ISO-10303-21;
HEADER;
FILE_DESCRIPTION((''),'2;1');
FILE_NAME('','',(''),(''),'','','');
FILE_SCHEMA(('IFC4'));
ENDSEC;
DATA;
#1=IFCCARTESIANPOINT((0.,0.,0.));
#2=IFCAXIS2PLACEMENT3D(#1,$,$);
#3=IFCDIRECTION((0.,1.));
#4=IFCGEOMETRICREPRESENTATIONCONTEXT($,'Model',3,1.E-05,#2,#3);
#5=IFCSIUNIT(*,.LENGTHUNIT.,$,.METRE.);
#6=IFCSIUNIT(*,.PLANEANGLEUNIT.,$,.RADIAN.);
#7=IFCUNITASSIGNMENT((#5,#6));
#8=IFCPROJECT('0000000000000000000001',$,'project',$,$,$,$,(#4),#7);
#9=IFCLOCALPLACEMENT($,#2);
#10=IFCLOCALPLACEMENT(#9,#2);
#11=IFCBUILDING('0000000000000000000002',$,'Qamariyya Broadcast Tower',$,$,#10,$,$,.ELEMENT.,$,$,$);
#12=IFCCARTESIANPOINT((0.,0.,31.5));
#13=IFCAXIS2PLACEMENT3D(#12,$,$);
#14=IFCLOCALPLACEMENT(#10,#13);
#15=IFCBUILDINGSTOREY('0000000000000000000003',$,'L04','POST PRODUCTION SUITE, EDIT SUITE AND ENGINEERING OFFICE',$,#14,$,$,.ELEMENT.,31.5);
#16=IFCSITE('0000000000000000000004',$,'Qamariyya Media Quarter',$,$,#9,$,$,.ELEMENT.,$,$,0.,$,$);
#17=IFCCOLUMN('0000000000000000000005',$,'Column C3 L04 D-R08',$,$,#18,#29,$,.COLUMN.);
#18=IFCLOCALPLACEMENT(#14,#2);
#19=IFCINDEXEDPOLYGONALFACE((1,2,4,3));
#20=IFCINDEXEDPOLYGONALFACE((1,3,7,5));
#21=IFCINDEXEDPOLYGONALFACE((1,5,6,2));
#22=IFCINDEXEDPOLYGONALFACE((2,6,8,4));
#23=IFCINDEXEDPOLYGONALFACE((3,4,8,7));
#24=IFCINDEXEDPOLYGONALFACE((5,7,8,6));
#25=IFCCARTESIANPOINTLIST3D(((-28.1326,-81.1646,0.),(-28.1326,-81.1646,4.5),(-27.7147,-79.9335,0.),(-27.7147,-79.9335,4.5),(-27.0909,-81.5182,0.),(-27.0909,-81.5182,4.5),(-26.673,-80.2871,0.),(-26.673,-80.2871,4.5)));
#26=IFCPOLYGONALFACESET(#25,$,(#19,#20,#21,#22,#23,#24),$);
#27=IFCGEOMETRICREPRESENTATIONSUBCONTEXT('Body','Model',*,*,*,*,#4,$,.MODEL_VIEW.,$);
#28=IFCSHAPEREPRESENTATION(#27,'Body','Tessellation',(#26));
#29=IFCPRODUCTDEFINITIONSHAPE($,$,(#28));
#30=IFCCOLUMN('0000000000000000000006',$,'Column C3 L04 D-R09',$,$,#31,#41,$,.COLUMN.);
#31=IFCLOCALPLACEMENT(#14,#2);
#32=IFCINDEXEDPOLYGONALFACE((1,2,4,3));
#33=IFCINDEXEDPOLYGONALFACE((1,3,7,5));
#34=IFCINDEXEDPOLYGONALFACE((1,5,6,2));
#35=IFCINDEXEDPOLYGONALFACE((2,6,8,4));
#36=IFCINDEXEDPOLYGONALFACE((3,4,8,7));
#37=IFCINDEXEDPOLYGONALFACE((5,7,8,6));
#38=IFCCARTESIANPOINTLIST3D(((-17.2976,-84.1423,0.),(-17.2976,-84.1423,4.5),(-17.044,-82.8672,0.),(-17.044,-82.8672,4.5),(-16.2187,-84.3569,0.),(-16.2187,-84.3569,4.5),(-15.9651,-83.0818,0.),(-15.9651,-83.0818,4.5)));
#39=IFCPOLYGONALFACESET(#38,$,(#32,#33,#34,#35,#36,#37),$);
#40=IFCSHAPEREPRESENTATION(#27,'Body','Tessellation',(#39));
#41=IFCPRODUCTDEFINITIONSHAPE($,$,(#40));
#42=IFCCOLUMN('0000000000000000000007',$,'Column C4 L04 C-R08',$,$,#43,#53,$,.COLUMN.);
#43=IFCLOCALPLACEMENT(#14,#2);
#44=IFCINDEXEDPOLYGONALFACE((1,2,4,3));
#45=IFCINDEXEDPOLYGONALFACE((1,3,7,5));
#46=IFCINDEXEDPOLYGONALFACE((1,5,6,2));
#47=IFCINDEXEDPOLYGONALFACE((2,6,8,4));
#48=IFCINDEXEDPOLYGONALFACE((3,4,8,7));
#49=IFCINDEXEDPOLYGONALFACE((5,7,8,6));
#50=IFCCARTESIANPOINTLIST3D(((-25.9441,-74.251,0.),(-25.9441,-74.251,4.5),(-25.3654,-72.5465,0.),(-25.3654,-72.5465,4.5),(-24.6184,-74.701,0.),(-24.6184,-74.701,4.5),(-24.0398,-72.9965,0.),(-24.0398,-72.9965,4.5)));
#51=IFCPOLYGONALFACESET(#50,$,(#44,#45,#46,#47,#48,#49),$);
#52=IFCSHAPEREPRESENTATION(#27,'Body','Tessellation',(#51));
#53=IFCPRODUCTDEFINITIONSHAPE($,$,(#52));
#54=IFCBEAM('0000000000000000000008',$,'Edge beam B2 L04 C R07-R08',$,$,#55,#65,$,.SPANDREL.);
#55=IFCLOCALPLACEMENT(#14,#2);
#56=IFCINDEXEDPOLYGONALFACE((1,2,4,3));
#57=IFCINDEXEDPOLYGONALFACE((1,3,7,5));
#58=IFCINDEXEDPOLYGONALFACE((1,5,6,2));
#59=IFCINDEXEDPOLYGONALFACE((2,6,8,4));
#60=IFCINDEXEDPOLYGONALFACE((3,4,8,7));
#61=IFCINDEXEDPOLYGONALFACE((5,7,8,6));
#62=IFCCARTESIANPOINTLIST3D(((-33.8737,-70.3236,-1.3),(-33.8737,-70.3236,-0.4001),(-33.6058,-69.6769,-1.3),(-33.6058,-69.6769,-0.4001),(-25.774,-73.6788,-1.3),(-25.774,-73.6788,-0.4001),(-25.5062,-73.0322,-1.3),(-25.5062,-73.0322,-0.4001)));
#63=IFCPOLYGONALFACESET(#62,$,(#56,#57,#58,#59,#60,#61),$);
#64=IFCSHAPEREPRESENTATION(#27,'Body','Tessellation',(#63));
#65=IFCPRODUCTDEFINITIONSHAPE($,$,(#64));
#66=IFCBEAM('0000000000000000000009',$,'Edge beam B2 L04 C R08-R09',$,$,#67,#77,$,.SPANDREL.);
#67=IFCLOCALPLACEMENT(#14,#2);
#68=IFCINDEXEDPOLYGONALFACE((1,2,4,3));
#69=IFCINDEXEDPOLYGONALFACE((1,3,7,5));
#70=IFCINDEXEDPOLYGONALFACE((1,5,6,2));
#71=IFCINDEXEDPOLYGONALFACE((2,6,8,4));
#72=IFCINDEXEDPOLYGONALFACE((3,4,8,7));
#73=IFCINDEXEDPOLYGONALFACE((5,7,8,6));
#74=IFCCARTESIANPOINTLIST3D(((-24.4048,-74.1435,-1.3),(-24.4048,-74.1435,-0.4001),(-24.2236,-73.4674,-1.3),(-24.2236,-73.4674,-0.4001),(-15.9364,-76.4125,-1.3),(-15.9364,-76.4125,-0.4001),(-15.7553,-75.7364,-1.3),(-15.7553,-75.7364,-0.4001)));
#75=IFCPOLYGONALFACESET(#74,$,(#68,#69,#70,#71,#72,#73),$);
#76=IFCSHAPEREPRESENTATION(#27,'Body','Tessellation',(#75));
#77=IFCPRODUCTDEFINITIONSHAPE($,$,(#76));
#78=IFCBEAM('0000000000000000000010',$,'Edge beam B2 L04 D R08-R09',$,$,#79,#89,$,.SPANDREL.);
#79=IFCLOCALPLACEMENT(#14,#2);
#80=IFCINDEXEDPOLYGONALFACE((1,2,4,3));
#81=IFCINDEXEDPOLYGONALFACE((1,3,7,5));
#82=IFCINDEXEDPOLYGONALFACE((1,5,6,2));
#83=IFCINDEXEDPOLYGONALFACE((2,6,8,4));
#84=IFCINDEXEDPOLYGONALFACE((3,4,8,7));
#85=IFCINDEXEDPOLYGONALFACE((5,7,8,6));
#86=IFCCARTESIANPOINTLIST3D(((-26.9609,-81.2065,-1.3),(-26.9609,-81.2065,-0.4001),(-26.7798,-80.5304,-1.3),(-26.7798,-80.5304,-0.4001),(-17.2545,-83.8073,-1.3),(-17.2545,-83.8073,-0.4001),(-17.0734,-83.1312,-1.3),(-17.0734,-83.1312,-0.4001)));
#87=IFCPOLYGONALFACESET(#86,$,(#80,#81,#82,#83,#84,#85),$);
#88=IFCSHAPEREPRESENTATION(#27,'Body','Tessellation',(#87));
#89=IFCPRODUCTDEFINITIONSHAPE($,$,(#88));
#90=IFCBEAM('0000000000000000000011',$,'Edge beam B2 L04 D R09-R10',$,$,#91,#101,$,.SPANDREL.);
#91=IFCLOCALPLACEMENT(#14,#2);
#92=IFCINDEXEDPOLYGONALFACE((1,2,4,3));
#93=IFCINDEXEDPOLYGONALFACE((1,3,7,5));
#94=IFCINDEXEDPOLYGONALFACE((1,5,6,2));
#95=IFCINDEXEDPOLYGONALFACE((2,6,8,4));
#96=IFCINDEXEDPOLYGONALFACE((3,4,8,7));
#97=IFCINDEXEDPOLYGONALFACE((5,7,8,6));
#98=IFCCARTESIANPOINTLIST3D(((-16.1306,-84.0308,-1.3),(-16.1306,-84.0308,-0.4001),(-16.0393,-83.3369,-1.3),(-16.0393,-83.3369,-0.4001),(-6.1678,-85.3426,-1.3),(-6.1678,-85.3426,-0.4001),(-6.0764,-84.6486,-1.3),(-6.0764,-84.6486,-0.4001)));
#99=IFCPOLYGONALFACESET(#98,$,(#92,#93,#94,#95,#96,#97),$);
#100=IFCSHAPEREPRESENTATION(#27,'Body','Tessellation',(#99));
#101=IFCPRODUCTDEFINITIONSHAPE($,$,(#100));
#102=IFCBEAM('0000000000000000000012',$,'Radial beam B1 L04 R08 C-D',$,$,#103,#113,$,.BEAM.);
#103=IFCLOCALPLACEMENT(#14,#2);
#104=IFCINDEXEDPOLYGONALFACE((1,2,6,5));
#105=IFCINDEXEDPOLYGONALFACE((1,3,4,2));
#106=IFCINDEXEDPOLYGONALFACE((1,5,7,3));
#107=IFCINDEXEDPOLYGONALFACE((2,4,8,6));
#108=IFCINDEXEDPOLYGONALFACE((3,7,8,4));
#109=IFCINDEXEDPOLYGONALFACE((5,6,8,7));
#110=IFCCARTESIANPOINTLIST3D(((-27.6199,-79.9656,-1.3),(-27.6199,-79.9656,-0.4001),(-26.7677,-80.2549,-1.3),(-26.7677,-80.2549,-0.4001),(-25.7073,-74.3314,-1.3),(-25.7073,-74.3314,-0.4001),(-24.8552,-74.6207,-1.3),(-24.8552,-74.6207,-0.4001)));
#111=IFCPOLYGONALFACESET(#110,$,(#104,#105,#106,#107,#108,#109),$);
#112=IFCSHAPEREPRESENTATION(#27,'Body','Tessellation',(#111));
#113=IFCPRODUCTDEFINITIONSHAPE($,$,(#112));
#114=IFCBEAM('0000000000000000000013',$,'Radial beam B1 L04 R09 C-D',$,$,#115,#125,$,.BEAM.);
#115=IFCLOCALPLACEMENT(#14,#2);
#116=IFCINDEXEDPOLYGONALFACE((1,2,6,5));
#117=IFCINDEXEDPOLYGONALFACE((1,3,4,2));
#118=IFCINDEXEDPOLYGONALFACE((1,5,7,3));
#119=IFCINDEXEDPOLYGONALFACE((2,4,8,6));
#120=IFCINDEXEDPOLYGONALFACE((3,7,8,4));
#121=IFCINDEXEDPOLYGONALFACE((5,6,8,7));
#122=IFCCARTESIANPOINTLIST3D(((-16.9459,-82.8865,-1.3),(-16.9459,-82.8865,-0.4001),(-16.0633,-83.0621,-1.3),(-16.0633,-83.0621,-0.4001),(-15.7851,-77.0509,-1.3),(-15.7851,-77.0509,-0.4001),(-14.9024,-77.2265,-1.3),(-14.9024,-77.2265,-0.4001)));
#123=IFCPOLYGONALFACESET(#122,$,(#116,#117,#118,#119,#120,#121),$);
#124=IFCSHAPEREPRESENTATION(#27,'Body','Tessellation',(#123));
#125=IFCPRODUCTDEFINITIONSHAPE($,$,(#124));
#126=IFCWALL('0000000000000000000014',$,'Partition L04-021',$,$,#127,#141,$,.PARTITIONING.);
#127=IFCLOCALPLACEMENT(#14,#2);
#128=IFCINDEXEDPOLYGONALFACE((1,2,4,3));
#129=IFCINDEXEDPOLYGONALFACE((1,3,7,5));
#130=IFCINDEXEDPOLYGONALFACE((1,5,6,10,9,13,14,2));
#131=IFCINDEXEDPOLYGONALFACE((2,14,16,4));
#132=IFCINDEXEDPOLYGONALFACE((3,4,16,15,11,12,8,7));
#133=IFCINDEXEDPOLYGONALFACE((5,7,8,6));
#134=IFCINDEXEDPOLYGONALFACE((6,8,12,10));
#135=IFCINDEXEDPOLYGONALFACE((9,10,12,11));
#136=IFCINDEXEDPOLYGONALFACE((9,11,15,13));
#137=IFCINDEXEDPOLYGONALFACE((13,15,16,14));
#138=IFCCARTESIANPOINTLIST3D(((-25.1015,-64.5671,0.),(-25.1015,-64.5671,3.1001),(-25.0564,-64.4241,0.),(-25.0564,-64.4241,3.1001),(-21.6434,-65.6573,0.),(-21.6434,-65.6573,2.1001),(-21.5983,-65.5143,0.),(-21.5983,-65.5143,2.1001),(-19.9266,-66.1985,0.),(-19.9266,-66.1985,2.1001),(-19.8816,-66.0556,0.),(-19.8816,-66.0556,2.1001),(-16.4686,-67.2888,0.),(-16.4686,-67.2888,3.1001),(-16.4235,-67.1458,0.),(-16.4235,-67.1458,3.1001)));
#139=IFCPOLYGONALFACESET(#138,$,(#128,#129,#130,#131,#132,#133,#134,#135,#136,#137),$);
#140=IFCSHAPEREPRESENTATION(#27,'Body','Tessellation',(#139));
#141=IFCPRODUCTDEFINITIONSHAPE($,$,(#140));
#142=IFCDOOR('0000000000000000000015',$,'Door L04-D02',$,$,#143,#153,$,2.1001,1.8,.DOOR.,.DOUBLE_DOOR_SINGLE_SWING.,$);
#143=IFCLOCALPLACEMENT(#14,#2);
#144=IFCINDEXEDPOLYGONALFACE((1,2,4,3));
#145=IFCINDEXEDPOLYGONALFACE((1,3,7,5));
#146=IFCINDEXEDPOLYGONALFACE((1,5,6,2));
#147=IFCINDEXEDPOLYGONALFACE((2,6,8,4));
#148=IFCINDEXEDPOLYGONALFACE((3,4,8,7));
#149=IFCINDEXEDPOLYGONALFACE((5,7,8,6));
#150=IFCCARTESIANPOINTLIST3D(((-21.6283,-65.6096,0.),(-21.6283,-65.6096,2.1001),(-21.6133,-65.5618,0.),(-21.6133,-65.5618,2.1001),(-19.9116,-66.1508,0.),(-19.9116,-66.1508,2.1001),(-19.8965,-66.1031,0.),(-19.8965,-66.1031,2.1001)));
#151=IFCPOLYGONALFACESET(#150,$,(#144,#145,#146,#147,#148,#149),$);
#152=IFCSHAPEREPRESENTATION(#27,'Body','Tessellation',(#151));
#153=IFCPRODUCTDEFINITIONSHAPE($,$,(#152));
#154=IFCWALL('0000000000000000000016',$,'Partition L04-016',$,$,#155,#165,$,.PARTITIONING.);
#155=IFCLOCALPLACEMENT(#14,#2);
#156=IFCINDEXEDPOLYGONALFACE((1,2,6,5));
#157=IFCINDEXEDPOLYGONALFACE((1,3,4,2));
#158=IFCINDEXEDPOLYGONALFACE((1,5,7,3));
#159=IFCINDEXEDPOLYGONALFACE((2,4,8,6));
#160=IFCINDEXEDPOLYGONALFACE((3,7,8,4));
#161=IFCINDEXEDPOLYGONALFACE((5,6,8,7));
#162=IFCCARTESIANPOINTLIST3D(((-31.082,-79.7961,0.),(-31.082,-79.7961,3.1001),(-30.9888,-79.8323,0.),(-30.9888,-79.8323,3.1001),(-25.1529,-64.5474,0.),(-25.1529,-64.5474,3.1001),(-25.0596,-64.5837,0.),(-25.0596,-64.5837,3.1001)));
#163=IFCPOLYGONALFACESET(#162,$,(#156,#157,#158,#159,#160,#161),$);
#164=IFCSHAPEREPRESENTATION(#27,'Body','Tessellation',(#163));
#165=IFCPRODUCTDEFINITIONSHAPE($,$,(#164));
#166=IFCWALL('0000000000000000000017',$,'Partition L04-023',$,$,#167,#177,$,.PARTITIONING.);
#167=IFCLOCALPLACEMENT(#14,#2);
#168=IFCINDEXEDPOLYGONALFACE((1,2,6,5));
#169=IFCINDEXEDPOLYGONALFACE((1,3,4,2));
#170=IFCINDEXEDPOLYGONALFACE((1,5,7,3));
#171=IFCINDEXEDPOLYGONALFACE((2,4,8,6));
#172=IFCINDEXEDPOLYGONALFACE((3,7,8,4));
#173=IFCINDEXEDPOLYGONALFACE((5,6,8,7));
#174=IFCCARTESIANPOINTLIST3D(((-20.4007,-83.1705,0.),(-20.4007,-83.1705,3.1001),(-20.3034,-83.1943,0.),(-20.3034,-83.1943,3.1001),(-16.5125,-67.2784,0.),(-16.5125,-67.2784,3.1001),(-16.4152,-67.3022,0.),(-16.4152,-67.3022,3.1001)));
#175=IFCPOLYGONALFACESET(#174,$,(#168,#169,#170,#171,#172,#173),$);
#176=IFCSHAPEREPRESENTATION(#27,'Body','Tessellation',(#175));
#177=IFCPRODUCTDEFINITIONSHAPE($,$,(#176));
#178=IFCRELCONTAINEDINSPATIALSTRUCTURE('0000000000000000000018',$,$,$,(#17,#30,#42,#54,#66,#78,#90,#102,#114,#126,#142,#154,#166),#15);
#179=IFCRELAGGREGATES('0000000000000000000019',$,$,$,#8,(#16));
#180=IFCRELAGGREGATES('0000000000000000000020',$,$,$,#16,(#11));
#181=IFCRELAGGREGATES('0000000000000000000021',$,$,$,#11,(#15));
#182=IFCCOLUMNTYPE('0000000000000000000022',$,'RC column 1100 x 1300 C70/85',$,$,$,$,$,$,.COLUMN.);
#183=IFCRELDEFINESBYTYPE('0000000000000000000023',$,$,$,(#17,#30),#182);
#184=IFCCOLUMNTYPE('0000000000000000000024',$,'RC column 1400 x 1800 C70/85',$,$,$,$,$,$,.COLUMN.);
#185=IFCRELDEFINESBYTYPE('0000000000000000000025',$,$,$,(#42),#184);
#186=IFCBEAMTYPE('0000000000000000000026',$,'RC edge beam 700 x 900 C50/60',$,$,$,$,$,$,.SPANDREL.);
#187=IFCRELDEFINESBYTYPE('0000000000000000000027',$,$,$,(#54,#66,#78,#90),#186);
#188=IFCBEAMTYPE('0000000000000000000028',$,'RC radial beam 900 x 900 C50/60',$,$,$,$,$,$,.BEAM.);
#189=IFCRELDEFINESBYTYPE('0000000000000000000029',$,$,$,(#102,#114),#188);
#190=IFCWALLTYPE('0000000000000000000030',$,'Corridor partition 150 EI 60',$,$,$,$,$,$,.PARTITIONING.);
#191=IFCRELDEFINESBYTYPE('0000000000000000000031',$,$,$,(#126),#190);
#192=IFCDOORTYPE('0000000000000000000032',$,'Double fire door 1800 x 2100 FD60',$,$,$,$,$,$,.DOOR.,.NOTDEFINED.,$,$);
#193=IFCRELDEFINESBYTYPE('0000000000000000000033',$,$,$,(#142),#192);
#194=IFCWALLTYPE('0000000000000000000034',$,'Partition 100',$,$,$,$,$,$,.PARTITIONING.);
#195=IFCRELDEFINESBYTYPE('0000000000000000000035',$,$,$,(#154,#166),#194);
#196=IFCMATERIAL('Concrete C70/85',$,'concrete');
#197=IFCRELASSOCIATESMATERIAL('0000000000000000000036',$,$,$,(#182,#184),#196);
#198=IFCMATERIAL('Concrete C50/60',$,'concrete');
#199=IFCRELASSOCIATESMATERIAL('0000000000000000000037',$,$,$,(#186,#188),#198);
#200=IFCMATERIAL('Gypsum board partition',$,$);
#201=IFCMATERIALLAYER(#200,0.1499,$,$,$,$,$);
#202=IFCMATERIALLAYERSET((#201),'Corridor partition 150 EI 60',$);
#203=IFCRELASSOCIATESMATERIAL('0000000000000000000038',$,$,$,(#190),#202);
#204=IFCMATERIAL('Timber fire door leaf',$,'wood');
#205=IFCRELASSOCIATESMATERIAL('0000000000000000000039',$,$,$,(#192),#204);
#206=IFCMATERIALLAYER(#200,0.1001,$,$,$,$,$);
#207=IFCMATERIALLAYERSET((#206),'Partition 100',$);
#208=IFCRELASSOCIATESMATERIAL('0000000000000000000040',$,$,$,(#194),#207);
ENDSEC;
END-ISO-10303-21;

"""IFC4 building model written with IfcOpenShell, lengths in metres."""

from ifc_helpers import new_model, si_unit, direction, frame, frame_2d, origin, origin_2d, place, context, subcontext, project, spatial, rectangle, extrude, material, layer, layer_set, material_profile, profile_set, type_object, element, fill, save


model = new_model("IFC4")

# Units and contexts
model_context = context("Model", 3, precision=1e-05, world=origin(), true_north=direction((0.0, 1.0)))
body_context = subcontext(model_context, "Body", "Model", "MODEL_VIEW")
ifc_project = project(units=[si_unit("LENGTHUNIT", "METRE"), si_unit("PLANEANGLEUNIT", "RADIAN")], contexts=[model_context])

# Site, building, storey
site_placement = place(None, origin())
site = spatial("IfcSite", under=ifc_project, at=site_placement, Name="Qamariyya Media Quarter", CompositionType="ELEMENT", RefElevation=0.0)
building_placement = place(site_placement, origin())
building = spatial("IfcBuilding", under=site, at=building_placement, Name="Qamariyya Broadcast Tower", CompositionType="ELEMENT")
storey_placement = place(building_placement, frame((0.0, 0.0, 31.5)))
storey = spatial("IfcBuildingStorey", under=building, at=storey_placement, Name="L04", Description="POST PRODUCTION SUITE, EDIT SUITE AND ENGINEERING OFFICE", CompositionType="ELEMENT", Elevation=31.5)

# Columns
ifc_material_1 = material(Name="Concrete C70/85", Category="concrete")
ifc_material_profile_1 = material_profile(ifc_material_1, rectangle(XDim=1.1001, YDim=1.3, at=origin_2d()))
ifc_profile_set_1 = profile_set([ifc_material_profile_1], Name="Concrete C70/85")
column_type_1 = type_object("IfcColumnType", Name="RC column 1100 x 1300 C70/85", PredefinedType="COLUMN", material=ifc_profile_set_1)
for number, where, z_axis, x_axis, name in (
    (1, (-27.4028, -80.7258, 0.0), (0.0, 0.0, 1.0), (0.94693, -0.321439, 0.0), "Column C3 L04 D-R08"),
    (2, (-16.6313, -83.6121, 0.0), (0.0, 0.0, 1.0), (0.980785, -0.19509, 0.0), "Column C3 L04 D-R09"),
):
    element("IfcColumn", number, at=place(storey_placement, frame(where, z_axis=z_axis, x_axis=x_axis)), inside=storey, type_object=column_type_1, Name=name, PredefinedType="COLUMN", context=body_context, shape_type="SweptSolid", body=[
        extrude(rectangle(XDim=1.1001, YDim=1.3, at=origin_2d()), origin(), (0.0, 0.0, 1.0), 4.5),
    ])
ifc_material_profile_2 = material_profile(ifc_material_1, rectangle(XDim=1.3999, YDim=1.8, at=origin_2d()))
ifc_profile_set_2 = profile_set([ifc_material_profile_2], Name="Concrete C70/85")
column_type_2 = type_object("IfcColumnType", Name="RC column 1400 x 1800 C70/85", PredefinedType="COLUMN", material=ifc_profile_set_2)
column_placement = place(storey_placement, frame((-24.9919, -73.6238, 0.0), z_axis=(0.0, 0.0, 1.0), x_axis=(0.94693, -0.321439, 0.0)))
element("IfcColumn", 3, at=column_placement, inside=storey, type_object=column_type_2, Name="Column C4 L04 C-R08", PredefinedType="COLUMN", context=body_context, shape_type="SweptSolid", body=[
    extrude(rectangle(XDim=1.3999, YDim=1.8, at=origin_2d()), origin(), (0.0, 0.0, 1.0), 4.5),
])

# Beams
ifc_material_2 = material(Name="Concrete C50/60", Category="concrete")
ifc_material_profile_3 = material_profile(ifc_material_2, rectangle(XDim=0.7, YDim=0.8999, at=origin_2d()))
ifc_profile_set_3 = profile_set([ifc_material_profile_3], Name="Concrete C50/60")
beam_type_1 = type_object("IfcBeamType", Name="RC edge beam 700 x 900 C50/60", PredefinedType="SPANDREL", material=ifc_profile_set_3)
for number, where, z_axis, x_axis, name in (
    (4, (-33.7397, -70.0002, -0.8501), (0.923869, -0.382708, 0.0), (0.382708, 0.923869, 0.0), "Edge beam B2 L04 C R07-R08"),
    (5, (-24.3142, -73.8054, -0.8501), (0.965926, -0.258817, 0.0), (0.258817, 0.965926, 0.0), "Edge beam B2 L04 C R08-R09"),
):
    element("IfcBeam", number, at=place(storey_placement, frame(where, z_axis=z_axis, x_axis=x_axis)), inside=storey, type_object=beam_type_1, Name=name, PredefinedType="SPANDREL", context=body_context, shape_type="SweptSolid", body=[
        extrude(rectangle(XDim=0.7, YDim=0.8999, at=origin_2d()), origin(), (0.0, 0.0, 1.0), 8.7671),
    ])
for number, where, z_axis, x_axis, name in (
    (6, (-26.8704, -80.8684, -0.8501), (0.965927, -0.258816, 0.0), (0.258816, 0.965927, 0.0), "Edge beam B2 L04 D R08-R09"),
    (7, (-16.085, -83.6838, -0.8501), (0.991443, -0.130539, 0.0), (0.130539, 0.991443, 0.0), "Edge beam B2 L04 D R09-R10"),
):
    element("IfcBeam", number, at=place(storey_placement, frame(where, z_axis=z_axis, x_axis=x_axis)), inside=storey, type_object=beam_type_1, Name=name, PredefinedType="SPANDREL", context=body_context, shape_type="SweptSolid", body=[
        extrude(rectangle(XDim=0.7, YDim=0.8999, at=origin_2d()), origin(), (0.0, 0.0, 1.0), 10.0488),
    ])
ifc_material_profile_4 = material_profile(ifc_material_2, rectangle(XDim=0.8999, YDim=0.8999, at=origin_2d()))
ifc_profile_set_4 = profile_set([ifc_material_profile_4], Name="Concrete C50/60")
beam_type_2 = type_object("IfcBeamType", Name="RC radial beam 900 x 900 C50/60", PredefinedType="BEAM", material=ifc_profile_set_4)
for number, where, z_axis, x_axis, name in (
    (8, (-25.2812, -74.4761, -0.8501), (-0.321442, -0.946929, 0.0), (0.946929, -0.321442, 0.0), "Radial beam B1 L04 R08 C-D"),
    (9, (-15.3438, -77.1387, -0.8501), (-0.195106, -0.980782, 0.0), (0.980782, -0.195106, 0.0), "Radial beam B1 L04 R09 C-D"),
):
    element("IfcBeam", number, at=place(storey_placement, frame(where, z_axis=z_axis, x_axis=x_axis)), inside=storey, type_object=beam_type_2, Name=name, PredefinedType="BEAM", context=body_context, shape_type="SweptSolid", body=[
        extrude(rectangle(XDim=0.8999, YDim=0.8999, at=origin_2d()), origin(), (0.0, 0.0, 1.0), 5.95),
    ])

# Wall, opening, door
ifc_material_3 = material(Name="Gypsum board partition")
ifc_layer_1 = layer(ifc_material_3, 0.1499)
ifc_layer_set_1 = layer_set([ifc_layer_1], Name="Corridor partition 150 EI 60")
wall_type_1 = type_object("IfcWallType", Name="Corridor partition 150 EI 60", PredefinedType="PARTITIONING", material=ifc_layer_set_1)
wall_1_placement = place(storey_placement, frame((-16.446, -67.2173, 0.0), z_axis=(0.0, 0.0, 1.0), x_axis=(-0.953724, 0.300682, 0.0)))
wall_1 = element("IfcWall", 10, at=wall_1_placement, inside=storey, type_object=wall_type_1, Name="Partition L04-021", PredefinedType="PARTITIONING", context=body_context, shape_type="SweptSolid", body=[
    extrude(rectangle(XDim=9.0518, YDim=0.1499, at=frame_2d((4.5259, 0.0))), origin(), (0.0, 0.0, 1.0), 3.1001),
])
opening_1_placement = place(wall_1_placement, frame((3.626, 0.0, 0.0)))
opening_1 = element("IfcOpeningElement", 11, at=opening_1_placement, cuts=wall_1, PredefinedType="OPENING", context=body_context, shape_type="SweptSolid", body=[
    extrude(rectangle(XDim=1.8, YDim=2.1001, at=frame_2d((0.8999, 1.05))), frame((0.0, 0.085, 0.0), z_axis=(0.0, -1.0, 0.0), x_axis=(1.0, 0.0, 0.0)), (0.0, 0.0, 1.0), 0.1699),
])
ifc_material_4 = material(Name="Timber fire door leaf", Category="wood")
door_type = type_object("IfcDoorType", Name="Double fire door 1800 x 2100 FD60", OperationType="NOTDEFINED", PredefinedType="DOOR", material=ifc_material_4)
door_placement = place(opening_1_placement, origin())
door = element("IfcDoor", 12, at=door_placement, inside=storey, type_object=door_type, Name="Door L04-D02", OperationType="DOUBLE_DOOR_SINGLE_SWING", OverallHeight=2.1001, OverallWidth=1.8, PredefinedType="DOOR", context=body_context, shape_type="SweptSolid", body=[
    extrude(rectangle(XDim=1.8, YDim=2.1001, at=frame_2d((0.8999, 1.05))), frame((0.0, 0.0249, 0.0), z_axis=(0.0, -1.0, 0.0), x_axis=(1.0, 0.0, 0.0)), (0.0, 0.0, 1.0), 0.05),
])
fill(opening_1, door)

# Walls
ifc_layer_2 = layer(ifc_material_3, 0.1001)
ifc_layer_set_2 = layer_set([ifc_layer_2], Name="Partition 100")
wall_type_2 = type_object("IfcWallType", Name="Partition 100", PredefinedType="PARTITIONING", material=ifc_layer_set_2)
for number, where, z_axis, x_axis, name in (
    (13, (-31.0354, -79.8142, 0.0), (0.0, 0.0, 1.0), (0.362399, 0.932023, 0.0), "Partition L04-016"),
    (14, (-20.3521, -83.1824, 0.0), (0.0, 0.0, 1.0), (0.237652, 0.97135, 0.0), "Partition L04-023"),
):
    element("IfcWall", number, at=place(storey_placement, frame(where, z_axis=z_axis, x_axis=x_axis)), inside=storey, type_object=wall_type_2, Name=name, PredefinedType="PARTITIONING", context=body_context, shape_type="SweptSolid", body=[
        extrude(rectangle(XDim=16.3608, YDim=0.1001, at=frame_2d((8.1804, 0.0))), origin(), (0.0, 0.0, 1.0), 3.1001),
    ])

save(model, "model.ifc")
